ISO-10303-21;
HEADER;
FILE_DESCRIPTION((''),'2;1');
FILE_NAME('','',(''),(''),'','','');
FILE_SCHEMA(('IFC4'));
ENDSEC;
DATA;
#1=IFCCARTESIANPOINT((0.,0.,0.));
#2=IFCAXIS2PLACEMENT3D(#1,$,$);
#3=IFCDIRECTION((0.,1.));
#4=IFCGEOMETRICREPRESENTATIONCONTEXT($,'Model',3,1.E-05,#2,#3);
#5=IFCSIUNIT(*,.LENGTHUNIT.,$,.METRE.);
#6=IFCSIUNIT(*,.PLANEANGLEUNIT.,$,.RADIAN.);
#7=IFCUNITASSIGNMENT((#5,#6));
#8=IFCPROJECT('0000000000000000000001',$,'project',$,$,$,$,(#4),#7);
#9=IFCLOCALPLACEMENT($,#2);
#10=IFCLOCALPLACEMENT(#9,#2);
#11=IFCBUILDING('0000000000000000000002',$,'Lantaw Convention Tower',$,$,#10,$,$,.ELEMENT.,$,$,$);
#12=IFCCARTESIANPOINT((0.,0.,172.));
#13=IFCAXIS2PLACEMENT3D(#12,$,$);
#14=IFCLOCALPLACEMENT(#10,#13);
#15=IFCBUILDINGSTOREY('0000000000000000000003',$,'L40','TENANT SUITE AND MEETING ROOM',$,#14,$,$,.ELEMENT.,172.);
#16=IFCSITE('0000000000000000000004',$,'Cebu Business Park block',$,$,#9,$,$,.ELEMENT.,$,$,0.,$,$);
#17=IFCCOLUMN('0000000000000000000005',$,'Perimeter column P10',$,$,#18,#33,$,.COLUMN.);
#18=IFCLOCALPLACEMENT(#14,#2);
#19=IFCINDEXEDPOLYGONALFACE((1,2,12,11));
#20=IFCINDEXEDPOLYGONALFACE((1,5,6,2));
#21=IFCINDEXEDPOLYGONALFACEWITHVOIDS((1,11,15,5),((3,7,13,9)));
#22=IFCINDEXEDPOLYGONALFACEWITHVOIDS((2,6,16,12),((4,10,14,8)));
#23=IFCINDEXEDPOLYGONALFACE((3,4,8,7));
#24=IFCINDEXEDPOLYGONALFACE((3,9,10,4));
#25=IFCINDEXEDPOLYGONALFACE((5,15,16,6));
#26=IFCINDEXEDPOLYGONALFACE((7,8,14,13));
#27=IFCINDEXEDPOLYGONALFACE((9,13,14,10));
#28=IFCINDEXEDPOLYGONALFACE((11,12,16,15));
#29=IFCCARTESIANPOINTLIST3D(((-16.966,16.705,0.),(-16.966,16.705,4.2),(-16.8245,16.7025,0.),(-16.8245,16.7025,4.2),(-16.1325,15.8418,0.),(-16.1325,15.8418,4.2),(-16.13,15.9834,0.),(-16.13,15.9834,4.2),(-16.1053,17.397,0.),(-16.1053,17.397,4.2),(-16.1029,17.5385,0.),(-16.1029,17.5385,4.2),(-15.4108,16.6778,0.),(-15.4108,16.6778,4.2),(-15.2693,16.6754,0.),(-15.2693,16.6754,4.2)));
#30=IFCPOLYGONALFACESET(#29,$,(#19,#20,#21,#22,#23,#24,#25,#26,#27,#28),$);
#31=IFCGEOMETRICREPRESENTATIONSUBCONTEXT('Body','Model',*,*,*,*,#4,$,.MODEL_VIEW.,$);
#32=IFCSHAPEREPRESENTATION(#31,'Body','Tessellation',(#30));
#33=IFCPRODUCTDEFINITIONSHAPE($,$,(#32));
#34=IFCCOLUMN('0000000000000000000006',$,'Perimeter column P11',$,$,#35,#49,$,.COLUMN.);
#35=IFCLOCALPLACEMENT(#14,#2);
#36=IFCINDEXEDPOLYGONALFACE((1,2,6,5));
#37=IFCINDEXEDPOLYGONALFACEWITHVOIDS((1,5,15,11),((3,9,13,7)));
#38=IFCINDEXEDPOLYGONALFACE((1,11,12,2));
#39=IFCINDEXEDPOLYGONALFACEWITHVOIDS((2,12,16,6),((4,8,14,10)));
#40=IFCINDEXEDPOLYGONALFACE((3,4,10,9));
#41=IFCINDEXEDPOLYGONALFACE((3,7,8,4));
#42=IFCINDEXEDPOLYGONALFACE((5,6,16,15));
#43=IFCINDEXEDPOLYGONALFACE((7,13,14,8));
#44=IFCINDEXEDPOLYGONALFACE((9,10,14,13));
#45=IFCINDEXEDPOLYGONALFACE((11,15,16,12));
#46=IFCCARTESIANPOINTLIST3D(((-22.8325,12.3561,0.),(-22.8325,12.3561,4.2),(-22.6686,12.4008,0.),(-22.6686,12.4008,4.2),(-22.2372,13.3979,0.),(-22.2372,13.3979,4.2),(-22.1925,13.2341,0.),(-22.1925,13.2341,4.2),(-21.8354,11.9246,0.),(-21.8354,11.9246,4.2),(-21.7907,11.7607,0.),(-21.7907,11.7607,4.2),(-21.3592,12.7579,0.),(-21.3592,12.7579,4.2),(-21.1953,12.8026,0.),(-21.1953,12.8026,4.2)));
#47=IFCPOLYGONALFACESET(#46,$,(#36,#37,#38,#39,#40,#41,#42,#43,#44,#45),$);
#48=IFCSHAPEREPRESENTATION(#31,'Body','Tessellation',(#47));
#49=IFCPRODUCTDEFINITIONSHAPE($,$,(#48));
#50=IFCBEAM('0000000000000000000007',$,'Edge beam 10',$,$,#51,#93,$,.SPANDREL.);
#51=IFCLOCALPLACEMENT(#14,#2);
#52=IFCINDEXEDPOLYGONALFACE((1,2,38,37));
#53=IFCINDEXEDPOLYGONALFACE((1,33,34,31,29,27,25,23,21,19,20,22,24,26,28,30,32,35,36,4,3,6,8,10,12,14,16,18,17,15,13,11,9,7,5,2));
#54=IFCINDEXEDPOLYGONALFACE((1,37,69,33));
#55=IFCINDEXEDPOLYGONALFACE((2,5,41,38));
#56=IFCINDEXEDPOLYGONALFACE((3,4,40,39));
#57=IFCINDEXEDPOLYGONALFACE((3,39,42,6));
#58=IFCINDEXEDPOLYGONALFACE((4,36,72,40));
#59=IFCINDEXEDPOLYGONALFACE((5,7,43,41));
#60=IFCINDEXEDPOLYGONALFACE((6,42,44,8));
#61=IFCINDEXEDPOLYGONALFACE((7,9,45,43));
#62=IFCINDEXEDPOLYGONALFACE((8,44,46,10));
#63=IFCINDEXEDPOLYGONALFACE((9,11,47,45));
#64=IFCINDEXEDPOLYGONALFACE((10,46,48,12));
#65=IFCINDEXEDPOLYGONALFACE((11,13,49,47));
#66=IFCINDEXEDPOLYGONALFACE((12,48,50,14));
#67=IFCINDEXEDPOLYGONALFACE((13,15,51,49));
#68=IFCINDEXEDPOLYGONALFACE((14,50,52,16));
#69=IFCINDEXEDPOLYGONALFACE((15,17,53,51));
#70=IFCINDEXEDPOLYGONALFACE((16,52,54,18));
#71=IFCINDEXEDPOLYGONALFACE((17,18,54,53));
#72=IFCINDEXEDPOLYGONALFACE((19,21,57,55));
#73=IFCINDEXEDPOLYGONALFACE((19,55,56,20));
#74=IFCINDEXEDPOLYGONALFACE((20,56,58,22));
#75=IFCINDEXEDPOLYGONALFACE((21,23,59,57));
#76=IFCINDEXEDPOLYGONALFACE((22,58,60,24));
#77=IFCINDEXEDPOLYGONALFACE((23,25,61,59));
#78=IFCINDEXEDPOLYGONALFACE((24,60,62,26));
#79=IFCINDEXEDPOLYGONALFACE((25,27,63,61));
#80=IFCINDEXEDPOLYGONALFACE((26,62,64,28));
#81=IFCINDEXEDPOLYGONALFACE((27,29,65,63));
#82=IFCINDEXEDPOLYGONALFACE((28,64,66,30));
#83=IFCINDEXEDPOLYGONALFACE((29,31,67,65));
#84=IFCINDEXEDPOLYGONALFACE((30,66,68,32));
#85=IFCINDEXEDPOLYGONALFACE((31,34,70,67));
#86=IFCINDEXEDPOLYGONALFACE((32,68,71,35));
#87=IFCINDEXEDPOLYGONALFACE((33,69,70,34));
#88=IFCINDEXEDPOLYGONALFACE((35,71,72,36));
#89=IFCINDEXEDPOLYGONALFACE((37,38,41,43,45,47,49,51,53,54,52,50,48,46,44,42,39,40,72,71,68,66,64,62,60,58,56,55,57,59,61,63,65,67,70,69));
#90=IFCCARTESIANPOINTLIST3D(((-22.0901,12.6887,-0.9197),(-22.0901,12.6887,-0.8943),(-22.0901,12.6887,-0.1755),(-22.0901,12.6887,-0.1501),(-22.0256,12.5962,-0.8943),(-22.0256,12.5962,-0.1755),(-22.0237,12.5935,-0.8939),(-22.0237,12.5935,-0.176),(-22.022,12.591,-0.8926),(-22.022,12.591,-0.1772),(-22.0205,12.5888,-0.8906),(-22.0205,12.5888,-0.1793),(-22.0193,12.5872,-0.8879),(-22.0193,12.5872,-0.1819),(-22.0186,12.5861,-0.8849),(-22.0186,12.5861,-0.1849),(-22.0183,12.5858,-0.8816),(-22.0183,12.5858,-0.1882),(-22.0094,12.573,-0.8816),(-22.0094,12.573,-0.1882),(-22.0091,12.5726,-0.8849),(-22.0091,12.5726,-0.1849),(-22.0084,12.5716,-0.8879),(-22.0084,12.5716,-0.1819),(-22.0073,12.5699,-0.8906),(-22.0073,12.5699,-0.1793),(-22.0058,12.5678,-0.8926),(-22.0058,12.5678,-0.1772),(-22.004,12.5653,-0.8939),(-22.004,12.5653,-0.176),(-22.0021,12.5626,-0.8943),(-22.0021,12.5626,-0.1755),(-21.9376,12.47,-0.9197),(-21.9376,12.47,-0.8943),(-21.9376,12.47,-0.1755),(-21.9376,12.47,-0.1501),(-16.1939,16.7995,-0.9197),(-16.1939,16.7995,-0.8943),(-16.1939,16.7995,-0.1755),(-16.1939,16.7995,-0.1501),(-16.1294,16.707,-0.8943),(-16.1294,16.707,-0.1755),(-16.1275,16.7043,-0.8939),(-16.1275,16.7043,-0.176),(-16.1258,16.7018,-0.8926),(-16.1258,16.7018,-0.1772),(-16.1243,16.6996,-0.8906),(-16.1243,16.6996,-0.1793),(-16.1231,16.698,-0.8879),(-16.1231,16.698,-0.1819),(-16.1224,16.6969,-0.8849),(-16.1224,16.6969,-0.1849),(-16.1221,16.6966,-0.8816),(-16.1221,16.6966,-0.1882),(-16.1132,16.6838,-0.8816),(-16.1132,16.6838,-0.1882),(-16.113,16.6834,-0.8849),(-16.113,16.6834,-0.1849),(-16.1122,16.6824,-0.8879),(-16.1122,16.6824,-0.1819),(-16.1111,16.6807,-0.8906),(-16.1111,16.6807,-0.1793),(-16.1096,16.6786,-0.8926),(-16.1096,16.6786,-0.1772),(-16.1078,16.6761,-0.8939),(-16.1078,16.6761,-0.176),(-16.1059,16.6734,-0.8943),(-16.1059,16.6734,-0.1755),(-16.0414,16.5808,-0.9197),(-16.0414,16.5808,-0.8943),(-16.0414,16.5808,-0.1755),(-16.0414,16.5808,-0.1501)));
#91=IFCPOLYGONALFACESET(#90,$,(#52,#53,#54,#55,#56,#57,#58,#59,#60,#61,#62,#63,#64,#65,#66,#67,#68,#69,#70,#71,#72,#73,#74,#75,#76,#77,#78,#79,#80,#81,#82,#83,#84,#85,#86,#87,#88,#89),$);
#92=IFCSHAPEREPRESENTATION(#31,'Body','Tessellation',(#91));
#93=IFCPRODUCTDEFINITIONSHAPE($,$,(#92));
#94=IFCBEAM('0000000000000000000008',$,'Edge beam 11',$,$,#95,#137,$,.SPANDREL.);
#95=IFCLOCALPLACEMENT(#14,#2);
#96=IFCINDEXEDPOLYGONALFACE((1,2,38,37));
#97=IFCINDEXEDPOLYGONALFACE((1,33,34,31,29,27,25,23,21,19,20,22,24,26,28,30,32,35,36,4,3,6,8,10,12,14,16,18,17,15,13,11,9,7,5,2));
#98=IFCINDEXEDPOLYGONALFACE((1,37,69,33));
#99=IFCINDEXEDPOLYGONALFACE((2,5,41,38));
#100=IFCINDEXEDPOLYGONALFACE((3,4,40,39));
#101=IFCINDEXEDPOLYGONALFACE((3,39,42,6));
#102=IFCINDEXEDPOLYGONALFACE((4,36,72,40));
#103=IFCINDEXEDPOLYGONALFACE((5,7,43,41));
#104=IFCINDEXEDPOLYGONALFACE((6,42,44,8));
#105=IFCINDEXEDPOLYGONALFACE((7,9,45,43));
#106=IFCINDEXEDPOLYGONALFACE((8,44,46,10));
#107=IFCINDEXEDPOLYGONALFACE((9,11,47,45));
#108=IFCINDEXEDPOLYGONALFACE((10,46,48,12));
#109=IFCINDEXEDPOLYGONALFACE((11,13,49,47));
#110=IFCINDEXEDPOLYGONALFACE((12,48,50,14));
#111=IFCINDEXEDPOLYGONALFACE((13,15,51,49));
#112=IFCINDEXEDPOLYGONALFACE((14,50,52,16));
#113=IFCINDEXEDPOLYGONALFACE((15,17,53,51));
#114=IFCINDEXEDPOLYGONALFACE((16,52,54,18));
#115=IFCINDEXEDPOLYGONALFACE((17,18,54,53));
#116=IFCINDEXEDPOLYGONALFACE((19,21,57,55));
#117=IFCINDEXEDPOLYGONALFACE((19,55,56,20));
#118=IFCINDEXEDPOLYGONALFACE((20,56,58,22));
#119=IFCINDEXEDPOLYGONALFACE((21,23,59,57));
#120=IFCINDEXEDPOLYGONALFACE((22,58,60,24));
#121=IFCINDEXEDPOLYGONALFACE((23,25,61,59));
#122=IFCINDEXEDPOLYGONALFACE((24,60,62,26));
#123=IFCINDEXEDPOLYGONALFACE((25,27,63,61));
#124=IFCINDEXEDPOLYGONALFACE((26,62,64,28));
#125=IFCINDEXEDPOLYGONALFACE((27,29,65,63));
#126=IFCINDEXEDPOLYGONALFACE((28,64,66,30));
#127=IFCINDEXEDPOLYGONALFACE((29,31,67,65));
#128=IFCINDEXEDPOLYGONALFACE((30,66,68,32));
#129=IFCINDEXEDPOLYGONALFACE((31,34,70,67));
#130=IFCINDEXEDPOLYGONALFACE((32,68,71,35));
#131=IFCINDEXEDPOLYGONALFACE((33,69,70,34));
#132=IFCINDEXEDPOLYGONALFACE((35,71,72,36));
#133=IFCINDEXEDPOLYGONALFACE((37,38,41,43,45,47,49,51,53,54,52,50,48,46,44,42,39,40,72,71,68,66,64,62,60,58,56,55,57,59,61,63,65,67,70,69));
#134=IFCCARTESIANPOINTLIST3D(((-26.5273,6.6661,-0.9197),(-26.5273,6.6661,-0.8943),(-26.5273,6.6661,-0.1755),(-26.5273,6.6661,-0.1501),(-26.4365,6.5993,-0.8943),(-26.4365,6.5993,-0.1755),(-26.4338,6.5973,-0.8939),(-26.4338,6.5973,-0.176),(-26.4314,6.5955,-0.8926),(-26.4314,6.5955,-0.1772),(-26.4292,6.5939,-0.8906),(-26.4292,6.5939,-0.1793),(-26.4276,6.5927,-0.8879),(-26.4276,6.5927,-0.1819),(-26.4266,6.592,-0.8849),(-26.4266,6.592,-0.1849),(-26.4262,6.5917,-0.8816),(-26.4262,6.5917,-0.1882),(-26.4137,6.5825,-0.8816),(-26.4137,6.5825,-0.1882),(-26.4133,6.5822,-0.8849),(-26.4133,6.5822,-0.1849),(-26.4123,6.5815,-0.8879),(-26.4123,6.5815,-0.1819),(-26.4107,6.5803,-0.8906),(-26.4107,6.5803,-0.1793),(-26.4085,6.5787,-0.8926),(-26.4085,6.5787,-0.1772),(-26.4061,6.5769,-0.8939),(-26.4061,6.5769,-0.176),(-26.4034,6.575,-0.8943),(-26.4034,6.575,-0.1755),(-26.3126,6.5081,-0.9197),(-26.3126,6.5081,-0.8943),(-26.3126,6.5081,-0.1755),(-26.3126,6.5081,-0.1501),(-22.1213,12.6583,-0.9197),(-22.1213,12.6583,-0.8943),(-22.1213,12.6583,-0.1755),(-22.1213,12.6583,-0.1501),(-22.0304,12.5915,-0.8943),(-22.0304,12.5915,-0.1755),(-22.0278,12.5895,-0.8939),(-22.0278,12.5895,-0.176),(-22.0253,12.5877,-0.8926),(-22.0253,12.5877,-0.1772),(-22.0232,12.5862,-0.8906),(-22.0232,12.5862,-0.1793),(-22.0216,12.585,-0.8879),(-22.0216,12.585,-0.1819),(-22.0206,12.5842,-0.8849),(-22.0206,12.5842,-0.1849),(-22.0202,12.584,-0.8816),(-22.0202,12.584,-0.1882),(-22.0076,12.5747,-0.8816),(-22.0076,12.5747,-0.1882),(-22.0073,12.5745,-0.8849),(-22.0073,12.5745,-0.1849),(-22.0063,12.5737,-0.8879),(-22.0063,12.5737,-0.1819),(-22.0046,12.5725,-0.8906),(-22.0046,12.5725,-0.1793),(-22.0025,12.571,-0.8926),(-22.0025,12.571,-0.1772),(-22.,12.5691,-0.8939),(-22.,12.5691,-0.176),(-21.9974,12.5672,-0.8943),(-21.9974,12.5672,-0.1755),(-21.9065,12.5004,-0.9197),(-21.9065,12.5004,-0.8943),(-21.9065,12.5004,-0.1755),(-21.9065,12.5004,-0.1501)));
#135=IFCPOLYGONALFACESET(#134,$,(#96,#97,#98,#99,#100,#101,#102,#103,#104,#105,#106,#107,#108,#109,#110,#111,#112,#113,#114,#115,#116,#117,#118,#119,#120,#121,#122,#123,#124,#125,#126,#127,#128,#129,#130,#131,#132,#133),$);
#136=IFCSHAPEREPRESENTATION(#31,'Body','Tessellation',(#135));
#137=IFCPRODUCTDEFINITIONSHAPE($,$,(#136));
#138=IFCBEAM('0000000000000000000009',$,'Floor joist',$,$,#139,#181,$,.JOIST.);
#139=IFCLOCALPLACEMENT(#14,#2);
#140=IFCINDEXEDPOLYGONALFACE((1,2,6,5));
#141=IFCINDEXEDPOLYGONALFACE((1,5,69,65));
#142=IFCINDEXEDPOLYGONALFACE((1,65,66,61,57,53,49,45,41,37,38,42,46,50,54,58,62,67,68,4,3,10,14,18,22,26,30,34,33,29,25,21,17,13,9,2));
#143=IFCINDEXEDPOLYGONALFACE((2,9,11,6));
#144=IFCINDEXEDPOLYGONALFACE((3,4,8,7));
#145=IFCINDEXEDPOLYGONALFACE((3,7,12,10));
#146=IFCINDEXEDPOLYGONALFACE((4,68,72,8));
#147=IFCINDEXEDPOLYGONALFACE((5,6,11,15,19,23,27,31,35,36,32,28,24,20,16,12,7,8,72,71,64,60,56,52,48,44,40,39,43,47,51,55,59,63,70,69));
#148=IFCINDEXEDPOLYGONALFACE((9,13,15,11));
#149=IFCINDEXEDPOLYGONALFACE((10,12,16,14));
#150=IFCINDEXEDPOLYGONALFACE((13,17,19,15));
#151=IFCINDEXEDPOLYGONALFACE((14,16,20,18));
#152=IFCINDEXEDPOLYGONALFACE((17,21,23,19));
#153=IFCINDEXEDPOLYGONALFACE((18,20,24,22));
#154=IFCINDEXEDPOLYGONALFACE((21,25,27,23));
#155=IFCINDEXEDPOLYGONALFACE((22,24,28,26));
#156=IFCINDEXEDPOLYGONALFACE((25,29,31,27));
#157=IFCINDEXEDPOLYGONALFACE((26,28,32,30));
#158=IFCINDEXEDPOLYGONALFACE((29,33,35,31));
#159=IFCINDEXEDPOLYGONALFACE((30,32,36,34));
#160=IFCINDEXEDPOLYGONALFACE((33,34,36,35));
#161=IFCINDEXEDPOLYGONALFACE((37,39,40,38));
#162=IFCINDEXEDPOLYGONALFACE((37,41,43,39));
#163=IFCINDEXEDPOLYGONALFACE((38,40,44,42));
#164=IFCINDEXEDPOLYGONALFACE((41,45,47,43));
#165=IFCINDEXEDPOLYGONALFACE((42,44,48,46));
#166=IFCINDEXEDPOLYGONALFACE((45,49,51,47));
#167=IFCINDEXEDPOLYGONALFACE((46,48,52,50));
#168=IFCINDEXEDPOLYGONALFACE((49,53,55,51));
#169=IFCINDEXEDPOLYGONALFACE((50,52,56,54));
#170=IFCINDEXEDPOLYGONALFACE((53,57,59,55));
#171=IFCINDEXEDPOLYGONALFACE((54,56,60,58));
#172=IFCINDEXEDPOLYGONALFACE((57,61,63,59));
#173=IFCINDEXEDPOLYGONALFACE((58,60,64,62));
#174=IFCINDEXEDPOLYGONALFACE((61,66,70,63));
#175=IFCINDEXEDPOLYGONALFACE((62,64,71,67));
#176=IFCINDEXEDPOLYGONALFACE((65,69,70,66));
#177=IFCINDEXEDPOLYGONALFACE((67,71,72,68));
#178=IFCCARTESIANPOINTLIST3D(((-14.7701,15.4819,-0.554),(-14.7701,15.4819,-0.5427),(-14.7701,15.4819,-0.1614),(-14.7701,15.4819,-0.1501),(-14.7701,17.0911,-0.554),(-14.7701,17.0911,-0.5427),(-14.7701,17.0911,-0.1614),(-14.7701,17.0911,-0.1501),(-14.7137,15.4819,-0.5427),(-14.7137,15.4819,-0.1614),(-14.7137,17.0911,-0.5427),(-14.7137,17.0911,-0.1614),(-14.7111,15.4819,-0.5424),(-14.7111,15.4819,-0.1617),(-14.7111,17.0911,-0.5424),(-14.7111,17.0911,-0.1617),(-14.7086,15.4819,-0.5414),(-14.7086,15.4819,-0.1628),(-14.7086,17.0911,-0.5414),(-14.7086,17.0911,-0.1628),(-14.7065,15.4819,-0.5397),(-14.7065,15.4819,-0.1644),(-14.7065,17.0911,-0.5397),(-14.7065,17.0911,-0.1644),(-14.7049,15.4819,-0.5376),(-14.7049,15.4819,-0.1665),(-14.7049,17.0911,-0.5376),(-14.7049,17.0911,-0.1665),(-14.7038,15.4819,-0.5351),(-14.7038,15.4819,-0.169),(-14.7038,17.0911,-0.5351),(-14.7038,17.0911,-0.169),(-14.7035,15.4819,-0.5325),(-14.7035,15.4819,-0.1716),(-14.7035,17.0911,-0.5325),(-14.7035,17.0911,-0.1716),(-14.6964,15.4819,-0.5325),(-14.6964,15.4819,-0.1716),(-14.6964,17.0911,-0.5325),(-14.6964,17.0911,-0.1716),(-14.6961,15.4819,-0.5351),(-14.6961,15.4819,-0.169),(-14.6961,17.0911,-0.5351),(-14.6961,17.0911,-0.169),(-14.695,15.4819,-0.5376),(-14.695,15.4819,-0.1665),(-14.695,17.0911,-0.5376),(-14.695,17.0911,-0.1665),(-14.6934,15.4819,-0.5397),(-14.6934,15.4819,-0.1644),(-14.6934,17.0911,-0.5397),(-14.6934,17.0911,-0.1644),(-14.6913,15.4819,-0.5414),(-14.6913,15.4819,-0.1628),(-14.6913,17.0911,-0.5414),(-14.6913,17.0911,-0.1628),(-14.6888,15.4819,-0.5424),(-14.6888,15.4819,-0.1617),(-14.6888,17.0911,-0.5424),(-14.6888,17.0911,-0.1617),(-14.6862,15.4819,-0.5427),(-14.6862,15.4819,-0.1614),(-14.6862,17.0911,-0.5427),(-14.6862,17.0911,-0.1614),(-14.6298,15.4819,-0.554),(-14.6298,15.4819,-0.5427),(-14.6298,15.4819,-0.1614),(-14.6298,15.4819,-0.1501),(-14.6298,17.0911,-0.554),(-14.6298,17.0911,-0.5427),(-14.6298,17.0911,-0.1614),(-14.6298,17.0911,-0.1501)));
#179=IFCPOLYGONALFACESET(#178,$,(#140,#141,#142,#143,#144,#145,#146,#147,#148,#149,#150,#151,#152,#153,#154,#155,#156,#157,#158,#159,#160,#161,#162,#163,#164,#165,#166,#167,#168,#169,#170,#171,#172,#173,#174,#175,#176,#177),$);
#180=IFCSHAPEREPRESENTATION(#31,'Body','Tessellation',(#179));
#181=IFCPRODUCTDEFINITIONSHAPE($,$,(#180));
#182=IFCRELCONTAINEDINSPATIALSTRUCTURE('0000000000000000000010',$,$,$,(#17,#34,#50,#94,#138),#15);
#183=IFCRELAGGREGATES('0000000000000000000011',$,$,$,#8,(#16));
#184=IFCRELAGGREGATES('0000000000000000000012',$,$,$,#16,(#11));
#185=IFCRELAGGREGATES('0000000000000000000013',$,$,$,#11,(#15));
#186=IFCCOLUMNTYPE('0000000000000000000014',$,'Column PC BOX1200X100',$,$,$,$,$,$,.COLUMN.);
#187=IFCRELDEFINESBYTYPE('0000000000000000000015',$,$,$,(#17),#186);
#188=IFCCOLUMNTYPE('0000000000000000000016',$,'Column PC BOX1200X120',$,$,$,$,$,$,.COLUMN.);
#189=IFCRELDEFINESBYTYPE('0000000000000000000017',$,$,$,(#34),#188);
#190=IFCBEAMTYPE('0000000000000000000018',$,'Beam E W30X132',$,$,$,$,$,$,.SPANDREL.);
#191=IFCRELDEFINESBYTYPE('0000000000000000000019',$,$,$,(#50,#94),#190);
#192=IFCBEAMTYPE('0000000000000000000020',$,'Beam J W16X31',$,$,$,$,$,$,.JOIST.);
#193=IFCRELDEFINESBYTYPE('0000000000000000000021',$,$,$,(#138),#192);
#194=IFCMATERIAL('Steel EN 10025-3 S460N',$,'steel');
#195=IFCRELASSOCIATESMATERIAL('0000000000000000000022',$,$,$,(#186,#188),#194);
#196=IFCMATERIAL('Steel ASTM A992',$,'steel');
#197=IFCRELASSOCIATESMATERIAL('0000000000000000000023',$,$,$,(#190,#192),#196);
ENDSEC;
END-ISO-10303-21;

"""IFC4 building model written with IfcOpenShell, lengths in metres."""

from ifc_helpers import new_model, si_unit, direction, frame, origin, origin_2d, place, context, subcontext, project, spatial, rectangle, hollow_rectangle, i_section, extrude, material, material_profile, profile_set, type_object, element, save


model = new_model("IFC4")

# Units and contexts
model_context = context("Model", 3, precision=1e-05, world=origin(), true_north=direction((0.0, 1.0)))
body_context = subcontext(model_context, "Body", "Model", "MODEL_VIEW")
ifc_project = project(units=[si_unit("LENGTHUNIT", "METRE"), si_unit("PLANEANGLEUNIT", "RADIAN")], contexts=[model_context])

# Site, building, storey
site_placement = place(None, origin())
site = spatial("IfcSite", under=ifc_project, at=site_placement, Name="Cebu Business Park block", CompositionType="ELEMENT", RefElevation=0.0)
building_placement = place(site_placement, origin())
building = spatial("IfcBuilding", under=site, at=building_placement, Name="Lantaw Convention Tower", CompositionType="ELEMENT")
storey_placement = place(building_placement, frame((0.0, 0.0, 172.0)))
storey = spatial("IfcBuildingStorey", under=building, at=storey_placement, Name="L40", Description="TENANT SUITE AND MEETING ROOM", CompositionType="ELEMENT", Elevation=172.0)

# Columns
ifc_material_1 = material(Name="Steel EN 10025-3 S460N", Category="steel")
ifc_material_profile_1 = material_profile(ifc_material_1, hollow_rectangle(XDim=1.2, YDim=1.2, WallThickness=0.1001, at=origin_2d()), Name="BOX1200X100")
ifc_material_2 = material(Name="Concrete C60/75", Category="concrete")
ifc_material_profile_2 = material_profile(ifc_material_2, rectangle(XDim=1.0, YDim=1.0, at=origin_2d()), Name="Concrete fill of BOX1200X100")
ifc_profile_set_1 = profile_set([ifc_material_profile_1, ifc_material_profile_2], Name="Steel EN 10025-3 S460N")
column_type_1 = type_object("IfcColumnType", Name="Column PC BOX1200X100", PredefinedType="COLUMN", material=ifc_profile_set_1)
column_1_placement = place(storey_placement, frame((-16.1177, 16.6902, 0.0), z_axis=(0.0, 0.0, 1.0), x_axis=(0.71934, 0.694658, 0.0)))
element("IfcColumn", 1, at=column_1_placement, inside=storey, type_object=column_type_1, Name="Perimeter column P10", PredefinedType="COLUMN", context=body_context, shape_type="SweptSolid", body=[
    extrude(hollow_rectangle(XDim=1.2, YDim=1.2, WallThickness=0.1001, at=origin_2d()), origin(), (0.0, 0.0, 1.0), 4.2),
])
ifc_material_profile_3 = material_profile(ifc_material_1, hollow_rectangle(XDim=1.2, YDim=1.2, WallThickness=0.1201, at=origin_2d()), Name="BOX1200X120")
ifc_material_profile_4 = material_profile(ifc_material_2, rectangle(XDim=0.96, YDim=0.96, at=origin_2d()), Name="Concrete fill of BOX1200X120")
ifc_profile_set_2 = profile_set([ifc_material_profile_3, ifc_material_profile_4], Name="Steel EN 10025-3 S460N")
column_type_2 = type_object("IfcColumnType", Name="Column PC BOX1200X120", PredefinedType="COLUMN", material=ifc_profile_set_2)
column_2_placement = place(storey_placement, frame((-22.0139, 12.5793, 0.0), z_axis=(0.0, 0.0, 1.0), x_axis=(0.496139, 0.868243, 0.0)))
element("IfcColumn", 2, at=column_2_placement, inside=storey, type_object=column_type_2, Name="Perimeter column P11", PredefinedType="COLUMN", context=body_context, shape_type="SweptSolid", body=[
    extrude(hollow_rectangle(XDim=1.2, YDim=1.2, WallThickness=0.1201, at=origin_2d()), origin(), (0.0, 0.0, 1.0), 4.2),
])

# Beams
ifc_material_3 = material(Name="Steel ASTM A992", Category="steel")
ifc_material_profile_5 = material_profile(ifc_material_3, i_section(OverallWidth=0.2666, OverallDepth=0.7695, WebThickness=0.0156, FlangeThickness=0.0254, FilletRadius=0.0127, at=origin_2d()), Name="W30X132")
ifc_profile_set_3 = profile_set([ifc_material_profile_5], Name="Steel ASTM A992")
beam_type_1 = type_object("IfcBeamType", Name="Beam E W30X132", PredefinedType="SPANDREL", material=ifc_profile_set_3)
beam_1_placement = place(storey_placement, frame((-16.1177, 16.6902, -0.5349), z_axis=(-0.820311, -0.571918, 0.0), x_axis=(0.571918, -0.820311, 0.0)))
element("IfcBeam", 3, at=beam_1_placement, inside=storey, type_object=beam_type_1, Name="Edge beam 10", PredefinedType="SPANDREL", context=body_context, shape_type="SweptSolid", body=[
    extrude(i_section(OverallWidth=0.2666, OverallDepth=0.7695, WebThickness=0.0156, FlangeThickness=0.0254, FilletRadius=0.0127, at=origin_2d()), origin(), (0.0, 0.0, 1.0), 7.1877),
])
beam_2_placement = place(storey_placement, frame((-22.0139, 12.5793, -0.5349), z_axis=(-0.592389, -0.805652, 0.0), x_axis=(0.805652, -0.592389, 0.0)))
element("IfcBeam", 4, at=beam_2_placement, inside=storey, type_object=beam_type_1, Name="Edge beam 11", PredefinedType="SPANDREL", context=body_context, shape_type="SweptSolid", body=[
    extrude(i_section(OverallWidth=0.2666, OverallDepth=0.7695, WebThickness=0.0156, FlangeThickness=0.0254, FilletRadius=0.0127, at=origin_2d()), origin(), (0.0, 0.0, 1.0), 7.4377),
])
ifc_material_profile_6 = material_profile(ifc_material_3, i_section(OverallWidth=0.1404, OverallDepth=0.4038, WebThickness=0.0071, FlangeThickness=0.0112, FilletRadius=0.0103, at=origin_2d()), Name="W16X31")
ifc_profile_set_4 = profile_set([ifc_material_profile_6], Name="Steel ASTM A992")
beam_type_2 = type_object("IfcBeamType", Name="Beam J W16X31", PredefinedType="JOIST", material=ifc_profile_set_4)
beam_3_placement = place(storey_placement, frame((-14.7, 15.4819, -0.3521), z_axis=(0.0, 1.0, 0.0), x_axis=(-1.0, 0.0, 0.0)))
element("IfcBeam", 5, at=beam_3_placement, inside=storey, type_object=beam_type_2, Name="Floor joist", PredefinedType="JOIST", context=body_context, shape_type="SweptSolid", body=[
    extrude(i_section(OverallWidth=0.1404, OverallDepth=0.4038, WebThickness=0.0071, FlangeThickness=0.0112, FilletRadius=0.0103, at=origin_2d()), origin(), (0.0, 0.0, 1.0), 1.6091),
])

save(model, "model.ifc")
